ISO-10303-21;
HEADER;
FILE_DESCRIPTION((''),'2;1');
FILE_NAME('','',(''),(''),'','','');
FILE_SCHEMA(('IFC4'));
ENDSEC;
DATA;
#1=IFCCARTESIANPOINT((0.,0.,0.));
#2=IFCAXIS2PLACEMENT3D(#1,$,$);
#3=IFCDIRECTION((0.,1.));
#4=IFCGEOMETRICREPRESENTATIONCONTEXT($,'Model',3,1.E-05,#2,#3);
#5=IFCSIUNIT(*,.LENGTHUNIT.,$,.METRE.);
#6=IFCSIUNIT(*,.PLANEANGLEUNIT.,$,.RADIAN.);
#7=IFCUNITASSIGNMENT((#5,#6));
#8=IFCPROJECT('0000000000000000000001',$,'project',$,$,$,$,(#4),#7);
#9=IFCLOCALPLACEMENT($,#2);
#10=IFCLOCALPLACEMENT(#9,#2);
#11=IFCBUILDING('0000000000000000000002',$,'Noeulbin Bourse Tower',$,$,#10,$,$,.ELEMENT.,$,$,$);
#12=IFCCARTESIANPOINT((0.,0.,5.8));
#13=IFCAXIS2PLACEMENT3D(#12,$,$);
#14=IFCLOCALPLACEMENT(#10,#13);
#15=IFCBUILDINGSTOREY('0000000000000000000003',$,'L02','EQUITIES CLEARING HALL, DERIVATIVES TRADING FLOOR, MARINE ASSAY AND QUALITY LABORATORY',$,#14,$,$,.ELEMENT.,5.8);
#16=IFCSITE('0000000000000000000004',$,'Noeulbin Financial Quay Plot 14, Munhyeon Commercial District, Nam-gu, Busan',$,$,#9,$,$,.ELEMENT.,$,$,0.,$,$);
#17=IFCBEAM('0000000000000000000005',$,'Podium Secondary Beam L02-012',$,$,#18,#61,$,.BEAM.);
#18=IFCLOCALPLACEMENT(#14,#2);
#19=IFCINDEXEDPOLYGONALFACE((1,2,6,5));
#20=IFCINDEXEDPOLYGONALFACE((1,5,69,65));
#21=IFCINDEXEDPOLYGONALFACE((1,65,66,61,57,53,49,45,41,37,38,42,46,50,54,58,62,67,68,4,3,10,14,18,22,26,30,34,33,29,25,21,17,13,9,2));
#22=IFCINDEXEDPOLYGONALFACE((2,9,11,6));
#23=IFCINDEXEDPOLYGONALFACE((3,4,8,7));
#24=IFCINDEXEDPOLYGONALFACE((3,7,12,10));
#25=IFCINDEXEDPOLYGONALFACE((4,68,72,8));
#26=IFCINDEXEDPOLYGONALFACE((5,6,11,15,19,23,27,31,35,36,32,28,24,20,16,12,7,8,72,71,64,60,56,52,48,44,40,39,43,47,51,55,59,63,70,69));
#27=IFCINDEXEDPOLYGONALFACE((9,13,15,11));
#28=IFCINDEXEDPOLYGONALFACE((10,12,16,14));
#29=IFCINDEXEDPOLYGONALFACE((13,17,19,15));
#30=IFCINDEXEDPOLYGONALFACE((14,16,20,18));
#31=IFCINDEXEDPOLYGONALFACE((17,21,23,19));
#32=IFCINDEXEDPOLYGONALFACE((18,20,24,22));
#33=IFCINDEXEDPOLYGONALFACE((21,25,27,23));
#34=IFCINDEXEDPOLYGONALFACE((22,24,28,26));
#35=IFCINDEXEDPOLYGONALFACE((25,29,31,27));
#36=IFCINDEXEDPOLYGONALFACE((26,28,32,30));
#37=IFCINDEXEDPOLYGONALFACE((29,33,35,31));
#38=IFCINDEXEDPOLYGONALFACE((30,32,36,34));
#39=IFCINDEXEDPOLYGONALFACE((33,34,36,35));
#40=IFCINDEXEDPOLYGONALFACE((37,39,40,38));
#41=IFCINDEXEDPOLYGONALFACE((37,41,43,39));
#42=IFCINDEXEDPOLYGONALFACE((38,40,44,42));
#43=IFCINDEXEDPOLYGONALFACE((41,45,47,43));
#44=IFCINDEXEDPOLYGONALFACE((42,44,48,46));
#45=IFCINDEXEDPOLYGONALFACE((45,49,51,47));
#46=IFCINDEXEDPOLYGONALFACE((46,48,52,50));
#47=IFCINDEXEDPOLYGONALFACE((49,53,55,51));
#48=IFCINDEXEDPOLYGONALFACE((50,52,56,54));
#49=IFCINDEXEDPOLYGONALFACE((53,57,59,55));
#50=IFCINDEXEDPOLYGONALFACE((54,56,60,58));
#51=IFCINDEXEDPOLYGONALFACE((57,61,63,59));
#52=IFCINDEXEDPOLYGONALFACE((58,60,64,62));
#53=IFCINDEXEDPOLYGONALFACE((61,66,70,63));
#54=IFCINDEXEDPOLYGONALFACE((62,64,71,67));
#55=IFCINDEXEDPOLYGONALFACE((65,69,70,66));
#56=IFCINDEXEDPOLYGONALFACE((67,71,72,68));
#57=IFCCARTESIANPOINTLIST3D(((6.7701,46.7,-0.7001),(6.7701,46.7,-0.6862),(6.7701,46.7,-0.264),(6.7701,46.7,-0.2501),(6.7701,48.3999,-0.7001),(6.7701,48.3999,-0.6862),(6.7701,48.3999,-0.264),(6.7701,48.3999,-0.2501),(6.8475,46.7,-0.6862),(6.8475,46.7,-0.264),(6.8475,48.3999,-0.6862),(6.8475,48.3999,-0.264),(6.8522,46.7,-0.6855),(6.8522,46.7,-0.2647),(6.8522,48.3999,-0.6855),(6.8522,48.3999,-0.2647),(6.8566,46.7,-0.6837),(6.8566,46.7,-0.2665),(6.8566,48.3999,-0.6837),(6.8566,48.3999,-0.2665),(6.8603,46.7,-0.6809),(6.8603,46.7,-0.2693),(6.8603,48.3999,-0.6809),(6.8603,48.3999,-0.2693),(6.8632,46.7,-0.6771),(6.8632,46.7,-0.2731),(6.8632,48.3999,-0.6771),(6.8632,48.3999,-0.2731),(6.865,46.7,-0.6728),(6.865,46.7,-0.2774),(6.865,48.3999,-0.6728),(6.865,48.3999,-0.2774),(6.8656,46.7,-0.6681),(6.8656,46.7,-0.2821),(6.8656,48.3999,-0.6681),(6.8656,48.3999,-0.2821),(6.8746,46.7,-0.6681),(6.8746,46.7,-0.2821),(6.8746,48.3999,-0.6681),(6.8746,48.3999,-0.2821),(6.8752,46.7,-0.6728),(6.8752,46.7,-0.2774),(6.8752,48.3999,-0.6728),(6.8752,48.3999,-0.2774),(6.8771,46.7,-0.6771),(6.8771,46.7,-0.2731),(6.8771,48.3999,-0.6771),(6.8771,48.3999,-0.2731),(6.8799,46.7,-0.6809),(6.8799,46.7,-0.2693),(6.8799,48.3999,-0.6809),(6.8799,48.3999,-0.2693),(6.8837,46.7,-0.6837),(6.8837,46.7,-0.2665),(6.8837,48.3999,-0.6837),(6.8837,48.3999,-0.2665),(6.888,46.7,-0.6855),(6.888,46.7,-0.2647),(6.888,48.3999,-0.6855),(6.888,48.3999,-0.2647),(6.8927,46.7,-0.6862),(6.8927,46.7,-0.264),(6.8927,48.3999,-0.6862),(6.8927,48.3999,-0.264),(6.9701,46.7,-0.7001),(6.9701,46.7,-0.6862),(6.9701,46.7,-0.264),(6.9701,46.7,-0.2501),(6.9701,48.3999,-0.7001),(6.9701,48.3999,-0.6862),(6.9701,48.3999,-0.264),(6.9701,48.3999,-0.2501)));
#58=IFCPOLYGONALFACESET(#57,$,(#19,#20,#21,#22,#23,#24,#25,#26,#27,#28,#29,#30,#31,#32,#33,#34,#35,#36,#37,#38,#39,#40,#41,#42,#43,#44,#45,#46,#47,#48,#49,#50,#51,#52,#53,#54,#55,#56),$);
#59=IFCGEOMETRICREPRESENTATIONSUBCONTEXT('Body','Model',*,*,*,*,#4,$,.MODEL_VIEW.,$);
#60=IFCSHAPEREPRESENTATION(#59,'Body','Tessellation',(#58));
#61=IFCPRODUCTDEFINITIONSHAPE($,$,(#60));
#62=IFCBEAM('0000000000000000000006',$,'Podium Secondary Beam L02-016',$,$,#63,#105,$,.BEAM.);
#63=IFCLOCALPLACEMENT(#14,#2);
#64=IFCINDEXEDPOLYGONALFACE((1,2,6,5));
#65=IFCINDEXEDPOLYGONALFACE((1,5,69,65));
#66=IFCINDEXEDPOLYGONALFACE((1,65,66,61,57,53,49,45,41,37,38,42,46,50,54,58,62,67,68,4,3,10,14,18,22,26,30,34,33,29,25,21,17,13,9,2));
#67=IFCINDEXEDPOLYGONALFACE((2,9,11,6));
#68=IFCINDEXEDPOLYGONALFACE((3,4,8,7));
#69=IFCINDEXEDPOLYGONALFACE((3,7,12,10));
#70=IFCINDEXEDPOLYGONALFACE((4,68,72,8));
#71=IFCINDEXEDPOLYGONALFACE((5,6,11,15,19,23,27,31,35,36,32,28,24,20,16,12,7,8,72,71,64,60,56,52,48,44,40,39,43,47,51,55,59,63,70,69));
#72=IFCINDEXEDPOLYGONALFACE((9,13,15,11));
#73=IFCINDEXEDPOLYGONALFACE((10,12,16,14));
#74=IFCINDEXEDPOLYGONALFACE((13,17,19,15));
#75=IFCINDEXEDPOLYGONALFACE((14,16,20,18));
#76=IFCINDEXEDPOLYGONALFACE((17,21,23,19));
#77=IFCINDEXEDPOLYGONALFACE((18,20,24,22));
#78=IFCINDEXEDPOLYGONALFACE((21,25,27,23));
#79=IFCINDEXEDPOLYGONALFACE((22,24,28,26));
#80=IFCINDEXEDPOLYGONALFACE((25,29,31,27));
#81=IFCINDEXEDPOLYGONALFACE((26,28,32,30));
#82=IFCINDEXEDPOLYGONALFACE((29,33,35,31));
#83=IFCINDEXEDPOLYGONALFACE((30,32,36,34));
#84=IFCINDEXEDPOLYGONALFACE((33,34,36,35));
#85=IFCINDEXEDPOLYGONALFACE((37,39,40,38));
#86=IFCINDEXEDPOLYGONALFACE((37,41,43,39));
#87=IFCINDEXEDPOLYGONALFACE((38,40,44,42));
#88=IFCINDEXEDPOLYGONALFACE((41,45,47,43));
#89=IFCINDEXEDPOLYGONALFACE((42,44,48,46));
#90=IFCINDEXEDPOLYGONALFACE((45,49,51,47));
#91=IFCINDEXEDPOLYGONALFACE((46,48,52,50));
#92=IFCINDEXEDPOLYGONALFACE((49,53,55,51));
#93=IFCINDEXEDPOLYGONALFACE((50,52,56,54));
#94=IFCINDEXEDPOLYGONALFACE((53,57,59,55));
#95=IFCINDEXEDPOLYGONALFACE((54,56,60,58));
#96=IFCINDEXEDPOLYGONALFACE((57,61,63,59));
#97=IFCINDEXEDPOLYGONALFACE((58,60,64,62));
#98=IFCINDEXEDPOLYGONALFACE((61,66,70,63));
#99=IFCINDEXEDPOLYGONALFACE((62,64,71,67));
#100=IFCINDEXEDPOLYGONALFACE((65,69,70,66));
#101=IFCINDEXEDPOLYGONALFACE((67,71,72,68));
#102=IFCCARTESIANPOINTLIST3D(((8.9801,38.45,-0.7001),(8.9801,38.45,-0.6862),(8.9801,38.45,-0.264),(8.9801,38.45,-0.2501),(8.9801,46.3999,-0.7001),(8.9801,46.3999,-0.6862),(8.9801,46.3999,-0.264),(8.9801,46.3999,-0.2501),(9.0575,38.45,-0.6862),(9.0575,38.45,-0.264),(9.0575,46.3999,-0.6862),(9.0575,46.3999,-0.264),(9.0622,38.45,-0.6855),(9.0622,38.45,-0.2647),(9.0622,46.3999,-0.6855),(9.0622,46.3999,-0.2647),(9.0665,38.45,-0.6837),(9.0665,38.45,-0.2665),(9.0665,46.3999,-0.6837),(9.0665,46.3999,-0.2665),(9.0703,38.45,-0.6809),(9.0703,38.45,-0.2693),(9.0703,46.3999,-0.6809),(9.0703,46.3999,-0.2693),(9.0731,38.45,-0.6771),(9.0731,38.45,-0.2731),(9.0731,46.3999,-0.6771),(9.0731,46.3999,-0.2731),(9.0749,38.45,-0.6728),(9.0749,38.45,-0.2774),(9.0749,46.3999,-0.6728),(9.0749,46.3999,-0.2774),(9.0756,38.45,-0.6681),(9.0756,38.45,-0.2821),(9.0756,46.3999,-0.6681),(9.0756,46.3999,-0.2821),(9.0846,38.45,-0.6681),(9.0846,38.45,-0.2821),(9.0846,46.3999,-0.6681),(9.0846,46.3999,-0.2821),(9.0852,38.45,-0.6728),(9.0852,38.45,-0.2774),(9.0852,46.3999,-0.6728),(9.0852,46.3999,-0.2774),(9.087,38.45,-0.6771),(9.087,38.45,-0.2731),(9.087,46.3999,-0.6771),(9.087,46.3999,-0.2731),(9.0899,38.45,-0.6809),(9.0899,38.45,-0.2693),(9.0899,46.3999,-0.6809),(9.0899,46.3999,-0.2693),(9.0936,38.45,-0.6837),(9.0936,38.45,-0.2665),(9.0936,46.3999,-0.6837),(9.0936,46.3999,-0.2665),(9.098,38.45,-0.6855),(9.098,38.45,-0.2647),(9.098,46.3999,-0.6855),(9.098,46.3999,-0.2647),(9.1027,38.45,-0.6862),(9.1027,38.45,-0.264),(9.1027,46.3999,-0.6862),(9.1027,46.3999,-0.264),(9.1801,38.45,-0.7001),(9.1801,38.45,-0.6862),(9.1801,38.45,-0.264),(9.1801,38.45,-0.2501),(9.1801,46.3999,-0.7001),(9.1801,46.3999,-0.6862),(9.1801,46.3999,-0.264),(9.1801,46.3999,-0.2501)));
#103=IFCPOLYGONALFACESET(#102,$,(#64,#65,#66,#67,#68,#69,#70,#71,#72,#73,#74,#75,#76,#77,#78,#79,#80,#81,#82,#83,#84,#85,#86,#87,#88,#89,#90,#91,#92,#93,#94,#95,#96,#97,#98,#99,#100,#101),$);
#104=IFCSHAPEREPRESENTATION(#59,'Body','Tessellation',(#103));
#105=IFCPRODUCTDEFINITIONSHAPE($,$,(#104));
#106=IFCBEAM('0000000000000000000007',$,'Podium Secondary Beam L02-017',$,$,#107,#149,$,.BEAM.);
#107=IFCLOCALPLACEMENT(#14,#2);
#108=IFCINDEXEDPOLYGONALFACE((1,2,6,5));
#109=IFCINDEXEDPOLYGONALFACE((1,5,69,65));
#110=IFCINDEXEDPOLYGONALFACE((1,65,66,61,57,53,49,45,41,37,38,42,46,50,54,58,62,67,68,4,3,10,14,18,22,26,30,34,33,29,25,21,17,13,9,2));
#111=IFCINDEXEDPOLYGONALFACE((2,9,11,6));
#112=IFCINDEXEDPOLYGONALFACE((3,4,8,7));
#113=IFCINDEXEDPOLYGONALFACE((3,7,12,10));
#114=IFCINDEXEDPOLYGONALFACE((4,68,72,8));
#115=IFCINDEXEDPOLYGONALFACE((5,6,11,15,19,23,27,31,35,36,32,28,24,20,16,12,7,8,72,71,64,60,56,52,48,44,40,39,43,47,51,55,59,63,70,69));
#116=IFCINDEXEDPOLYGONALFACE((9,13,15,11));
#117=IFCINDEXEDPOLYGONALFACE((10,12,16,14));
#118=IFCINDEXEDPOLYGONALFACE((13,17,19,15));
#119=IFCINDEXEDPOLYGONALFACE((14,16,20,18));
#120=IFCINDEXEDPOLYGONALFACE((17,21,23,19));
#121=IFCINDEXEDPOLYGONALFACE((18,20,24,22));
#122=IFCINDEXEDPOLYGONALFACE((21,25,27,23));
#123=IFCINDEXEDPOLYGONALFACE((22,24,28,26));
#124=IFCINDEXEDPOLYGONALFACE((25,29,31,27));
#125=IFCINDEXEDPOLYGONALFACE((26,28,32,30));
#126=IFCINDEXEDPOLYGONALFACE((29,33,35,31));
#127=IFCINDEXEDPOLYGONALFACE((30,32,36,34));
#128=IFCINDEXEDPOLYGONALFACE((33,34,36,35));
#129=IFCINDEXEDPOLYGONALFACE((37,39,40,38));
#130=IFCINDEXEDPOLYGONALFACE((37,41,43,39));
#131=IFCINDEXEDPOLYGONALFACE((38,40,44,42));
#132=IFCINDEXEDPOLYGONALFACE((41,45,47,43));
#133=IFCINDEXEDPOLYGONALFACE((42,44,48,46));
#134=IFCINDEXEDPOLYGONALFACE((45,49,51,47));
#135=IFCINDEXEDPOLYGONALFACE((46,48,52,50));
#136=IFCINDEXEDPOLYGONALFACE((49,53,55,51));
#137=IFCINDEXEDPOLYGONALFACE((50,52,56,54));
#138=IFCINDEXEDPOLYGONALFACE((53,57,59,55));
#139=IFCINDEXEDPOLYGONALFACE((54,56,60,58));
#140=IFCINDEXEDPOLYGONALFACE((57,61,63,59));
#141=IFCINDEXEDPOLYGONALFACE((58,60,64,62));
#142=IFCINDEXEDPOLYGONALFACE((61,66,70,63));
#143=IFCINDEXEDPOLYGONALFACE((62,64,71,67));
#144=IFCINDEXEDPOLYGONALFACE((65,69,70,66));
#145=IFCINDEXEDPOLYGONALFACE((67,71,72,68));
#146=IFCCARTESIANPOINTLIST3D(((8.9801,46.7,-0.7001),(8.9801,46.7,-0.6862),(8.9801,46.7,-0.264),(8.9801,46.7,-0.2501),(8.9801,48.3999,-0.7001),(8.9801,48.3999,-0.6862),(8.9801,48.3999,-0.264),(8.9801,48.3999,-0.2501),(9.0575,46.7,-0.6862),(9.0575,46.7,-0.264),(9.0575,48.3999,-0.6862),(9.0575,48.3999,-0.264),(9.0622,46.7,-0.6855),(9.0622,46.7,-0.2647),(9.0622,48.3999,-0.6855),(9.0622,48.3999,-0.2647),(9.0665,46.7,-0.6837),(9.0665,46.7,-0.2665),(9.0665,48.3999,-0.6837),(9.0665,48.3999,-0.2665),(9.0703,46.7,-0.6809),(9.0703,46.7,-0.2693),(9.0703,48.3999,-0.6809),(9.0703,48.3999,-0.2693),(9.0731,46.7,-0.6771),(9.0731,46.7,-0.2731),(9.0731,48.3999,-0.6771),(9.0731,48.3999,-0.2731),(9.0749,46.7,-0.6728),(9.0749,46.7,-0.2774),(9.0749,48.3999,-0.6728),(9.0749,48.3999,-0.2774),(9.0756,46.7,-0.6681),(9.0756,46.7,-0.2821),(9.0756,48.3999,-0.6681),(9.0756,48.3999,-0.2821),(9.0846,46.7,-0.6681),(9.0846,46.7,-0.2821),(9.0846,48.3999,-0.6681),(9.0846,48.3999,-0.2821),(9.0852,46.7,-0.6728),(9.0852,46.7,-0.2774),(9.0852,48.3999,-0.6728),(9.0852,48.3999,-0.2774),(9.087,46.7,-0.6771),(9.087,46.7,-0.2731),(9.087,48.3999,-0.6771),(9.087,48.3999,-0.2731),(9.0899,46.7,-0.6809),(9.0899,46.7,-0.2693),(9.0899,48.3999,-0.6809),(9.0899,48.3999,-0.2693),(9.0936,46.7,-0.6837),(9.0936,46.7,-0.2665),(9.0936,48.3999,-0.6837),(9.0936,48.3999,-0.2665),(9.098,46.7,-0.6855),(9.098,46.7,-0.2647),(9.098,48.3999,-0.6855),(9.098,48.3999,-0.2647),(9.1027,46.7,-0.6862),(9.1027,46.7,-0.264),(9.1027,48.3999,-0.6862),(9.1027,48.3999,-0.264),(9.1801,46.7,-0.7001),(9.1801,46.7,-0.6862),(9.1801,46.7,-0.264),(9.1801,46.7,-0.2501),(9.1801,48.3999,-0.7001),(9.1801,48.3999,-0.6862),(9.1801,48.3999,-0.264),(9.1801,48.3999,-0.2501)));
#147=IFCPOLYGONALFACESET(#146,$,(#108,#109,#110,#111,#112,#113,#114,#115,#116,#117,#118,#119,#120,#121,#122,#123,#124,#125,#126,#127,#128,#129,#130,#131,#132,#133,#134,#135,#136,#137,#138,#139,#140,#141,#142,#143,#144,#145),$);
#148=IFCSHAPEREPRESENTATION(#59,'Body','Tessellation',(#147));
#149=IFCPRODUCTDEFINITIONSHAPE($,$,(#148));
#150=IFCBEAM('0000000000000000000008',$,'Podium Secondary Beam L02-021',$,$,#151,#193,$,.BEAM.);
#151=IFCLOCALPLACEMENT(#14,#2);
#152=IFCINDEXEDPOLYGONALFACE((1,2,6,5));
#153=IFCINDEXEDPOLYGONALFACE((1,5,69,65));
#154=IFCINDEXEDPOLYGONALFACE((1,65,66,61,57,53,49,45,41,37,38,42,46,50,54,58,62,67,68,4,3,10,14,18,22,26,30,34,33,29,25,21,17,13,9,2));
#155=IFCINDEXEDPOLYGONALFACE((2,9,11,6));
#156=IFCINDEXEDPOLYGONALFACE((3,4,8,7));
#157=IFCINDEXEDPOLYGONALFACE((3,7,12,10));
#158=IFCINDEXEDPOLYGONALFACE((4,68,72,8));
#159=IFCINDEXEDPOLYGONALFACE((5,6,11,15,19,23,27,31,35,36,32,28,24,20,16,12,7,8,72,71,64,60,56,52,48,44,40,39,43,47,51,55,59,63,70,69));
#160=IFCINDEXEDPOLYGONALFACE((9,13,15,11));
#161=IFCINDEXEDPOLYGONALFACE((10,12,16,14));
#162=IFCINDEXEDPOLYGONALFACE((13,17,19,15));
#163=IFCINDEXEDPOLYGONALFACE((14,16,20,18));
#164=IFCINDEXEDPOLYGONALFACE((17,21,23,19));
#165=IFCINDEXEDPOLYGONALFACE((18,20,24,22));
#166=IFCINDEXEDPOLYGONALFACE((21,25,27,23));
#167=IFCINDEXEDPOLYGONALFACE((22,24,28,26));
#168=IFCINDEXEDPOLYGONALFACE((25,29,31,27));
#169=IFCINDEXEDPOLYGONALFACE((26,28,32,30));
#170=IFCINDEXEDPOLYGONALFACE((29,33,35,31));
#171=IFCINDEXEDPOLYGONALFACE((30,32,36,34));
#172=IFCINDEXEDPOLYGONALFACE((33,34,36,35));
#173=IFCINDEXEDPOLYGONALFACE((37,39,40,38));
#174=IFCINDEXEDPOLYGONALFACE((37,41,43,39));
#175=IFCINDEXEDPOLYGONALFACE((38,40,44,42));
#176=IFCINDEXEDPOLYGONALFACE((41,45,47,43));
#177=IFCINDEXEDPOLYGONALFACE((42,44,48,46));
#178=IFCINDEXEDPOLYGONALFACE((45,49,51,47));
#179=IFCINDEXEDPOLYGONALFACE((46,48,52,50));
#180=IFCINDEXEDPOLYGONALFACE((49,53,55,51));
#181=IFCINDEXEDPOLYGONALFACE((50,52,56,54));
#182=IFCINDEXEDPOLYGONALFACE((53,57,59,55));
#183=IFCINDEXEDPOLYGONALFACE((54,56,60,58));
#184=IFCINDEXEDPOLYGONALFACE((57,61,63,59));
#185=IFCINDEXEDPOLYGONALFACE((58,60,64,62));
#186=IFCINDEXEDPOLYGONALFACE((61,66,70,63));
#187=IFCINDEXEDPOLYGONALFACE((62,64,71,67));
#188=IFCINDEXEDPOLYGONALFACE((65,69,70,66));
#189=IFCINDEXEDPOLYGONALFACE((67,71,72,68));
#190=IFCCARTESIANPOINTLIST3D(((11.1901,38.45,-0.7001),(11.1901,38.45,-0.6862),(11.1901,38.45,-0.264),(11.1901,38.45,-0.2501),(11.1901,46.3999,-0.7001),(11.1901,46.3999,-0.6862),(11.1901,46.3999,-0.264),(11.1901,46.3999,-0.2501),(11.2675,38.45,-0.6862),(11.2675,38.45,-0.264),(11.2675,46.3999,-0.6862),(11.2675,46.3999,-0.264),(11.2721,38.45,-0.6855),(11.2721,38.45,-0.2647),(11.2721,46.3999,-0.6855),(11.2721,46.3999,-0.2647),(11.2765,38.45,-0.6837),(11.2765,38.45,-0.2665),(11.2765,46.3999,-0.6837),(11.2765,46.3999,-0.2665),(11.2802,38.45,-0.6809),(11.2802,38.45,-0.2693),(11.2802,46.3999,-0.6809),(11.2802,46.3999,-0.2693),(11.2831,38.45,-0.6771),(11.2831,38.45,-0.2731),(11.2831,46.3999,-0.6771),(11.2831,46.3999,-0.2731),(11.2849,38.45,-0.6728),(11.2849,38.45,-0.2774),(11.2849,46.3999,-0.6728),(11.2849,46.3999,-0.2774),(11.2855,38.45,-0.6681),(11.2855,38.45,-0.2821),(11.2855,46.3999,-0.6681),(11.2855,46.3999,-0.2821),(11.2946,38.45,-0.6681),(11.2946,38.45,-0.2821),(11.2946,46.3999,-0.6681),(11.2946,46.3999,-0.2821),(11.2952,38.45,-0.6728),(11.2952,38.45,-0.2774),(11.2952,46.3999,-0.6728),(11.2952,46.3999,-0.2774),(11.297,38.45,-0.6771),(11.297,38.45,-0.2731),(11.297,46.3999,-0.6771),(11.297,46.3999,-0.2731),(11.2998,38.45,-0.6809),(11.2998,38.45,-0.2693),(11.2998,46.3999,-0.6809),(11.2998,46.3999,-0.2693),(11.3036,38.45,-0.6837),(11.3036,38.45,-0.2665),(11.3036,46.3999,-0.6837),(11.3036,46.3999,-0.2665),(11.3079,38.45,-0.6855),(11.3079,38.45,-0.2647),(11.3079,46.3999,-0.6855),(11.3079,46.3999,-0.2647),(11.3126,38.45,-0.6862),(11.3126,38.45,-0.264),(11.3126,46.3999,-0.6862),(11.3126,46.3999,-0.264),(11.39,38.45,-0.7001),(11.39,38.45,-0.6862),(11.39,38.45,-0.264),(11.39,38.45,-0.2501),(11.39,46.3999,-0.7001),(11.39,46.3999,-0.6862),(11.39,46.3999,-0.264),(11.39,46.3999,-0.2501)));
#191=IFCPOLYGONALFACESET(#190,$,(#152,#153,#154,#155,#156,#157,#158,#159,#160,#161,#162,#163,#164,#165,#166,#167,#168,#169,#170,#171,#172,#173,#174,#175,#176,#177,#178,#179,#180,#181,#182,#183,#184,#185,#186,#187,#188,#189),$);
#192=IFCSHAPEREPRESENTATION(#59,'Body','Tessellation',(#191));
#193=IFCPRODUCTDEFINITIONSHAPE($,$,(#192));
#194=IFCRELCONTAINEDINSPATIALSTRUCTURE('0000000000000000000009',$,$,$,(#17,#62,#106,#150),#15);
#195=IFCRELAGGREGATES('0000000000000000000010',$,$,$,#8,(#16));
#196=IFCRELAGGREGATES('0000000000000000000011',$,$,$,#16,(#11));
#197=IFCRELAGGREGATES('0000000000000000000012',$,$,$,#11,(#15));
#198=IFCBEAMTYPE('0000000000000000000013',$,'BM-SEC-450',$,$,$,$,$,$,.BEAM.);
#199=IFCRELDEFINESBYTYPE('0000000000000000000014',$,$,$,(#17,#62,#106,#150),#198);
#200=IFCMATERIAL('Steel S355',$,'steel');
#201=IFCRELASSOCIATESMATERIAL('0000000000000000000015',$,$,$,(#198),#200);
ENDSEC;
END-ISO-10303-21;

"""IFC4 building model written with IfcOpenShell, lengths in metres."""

from ifc_helpers import new_model, si_unit, direction, frame, origin, origin_2d, place, context, subcontext, project, spatial, i_section, extrude, material, material_profile, profile_set, type_object, element, save


model = new_model("IFC4")

# Units and contexts
model_context = context("Model", 3, precision=1e-05, world=origin(), true_north=direction((0.0, 1.0)))
body_context = subcontext(model_context, "Body", "Model", "MODEL_VIEW")
ifc_project = project(units=[si_unit("LENGTHUNIT", "METRE"), si_unit("PLANEANGLEUNIT", "RADIAN")], contexts=[model_context])

# Site, building, storey
site_placement = place(None, origin())
site = spatial("IfcSite", under=ifc_project, at=site_placement, Name="Noeulbin Financial Quay Plot 14, Munhyeon Commercial District, Nam-gu, Busan", CompositionType="ELEMENT", RefElevation=0.0)
building_placement = place(site_placement, origin())
building = spatial("IfcBuilding", under=site, at=building_placement, Name="Noeulbin Bourse Tower", CompositionType="ELEMENT")
storey_placement = place(building_placement, frame((0.0, 0.0, 5.8)))
storey = spatial("IfcBuildingStorey", under=building, at=storey_placement, Name="L02", Description="EQUITIES CLEARING HALL, DERIVATIVES TRADING FLOOR, MARINE ASSAY AND QUALITY LABORATORY", CompositionType="ELEMENT", Elevation=5.8)

# Beams
ifc_material_1 = material(Name="Steel S355", Category="steel")
ifc_material_profile_1 = material_profile(ifc_material_1, i_section(OverallWidth=0.2, OverallDepth=0.45, WebThickness=0.009, FlangeThickness=0.0139, FilletRadius=0.0181, at=origin_2d()), Name="H-450x200x9x14", Category="LoadBearing")
ifc_profile_set_1 = profile_set([ifc_material_profile_1], Name="Steel S355")
beam_type_1 = type_object("IfcBeamType", Name="BM-SEC-450", PredefinedType="BEAM", material=ifc_profile_set_1)
beam_1_placement = place(storey_placement, frame((6.8701, 46.7, -0.4751), z_axis=(0.0, 1.0, 0.0), x_axis=(-1.0, 0.0, 0.0)))
element("IfcBeam", 1, at=beam_1_placement, inside=storey, type_object=beam_type_1, Name="Podium Secondary Beam L02-012", PredefinedType="BEAM", context=body_context, shape_type="SweptSolid", body=[
    extrude(i_section(OverallWidth=0.2, OverallDepth=0.45, WebThickness=0.009, FlangeThickness=0.0139, FilletRadius=0.0181, at=origin_2d()), origin(), (0.0, 0.0, 1.0), 1.7),
])
beam_2_placement = place(storey_placement, frame((9.0801, 38.45, -0.4751), z_axis=(0.0, 1.0, 0.0), x_axis=(-1.0, 0.0, 0.0)))
element("IfcBeam", 2, at=beam_2_placement, inside=storey, type_object=beam_type_1, Name="Podium Secondary Beam L02-016", PredefinedType="BEAM", context=body_context, shape_type="SweptSolid", body=[
    extrude(i_section(OverallWidth=0.2, OverallDepth=0.45, WebThickness=0.009, FlangeThickness=0.0139, FilletRadius=0.0181, at=origin_2d()), origin(), (0.0, 0.0, 1.0), 7.95),
])
beam_3_placement = place(storey_placement, frame((9.0801, 46.7, -0.4751), z_axis=(0.0, 1.0, 0.0), x_axis=(-1.0, 0.0, 0.0)))
element("IfcBeam", 3, at=beam_3_placement, inside=storey, type_object=beam_type_1, Name="Podium Secondary Beam L02-017", PredefinedType="BEAM", context=body_context, shape_type="SweptSolid", body=[
    extrude(i_section(OverallWidth=0.2, OverallDepth=0.45, WebThickness=0.009, FlangeThickness=0.0139, FilletRadius=0.0181, at=origin_2d()), origin(), (0.0, 0.0, 1.0), 1.7),
])
beam_4_placement = place(storey_placement, frame((11.29, 38.45, -0.4751), z_axis=(0.0, 1.0, 0.0), x_axis=(-1.0, 0.0, 0.0)))
element("IfcBeam", 4, at=beam_4_placement, inside=storey, type_object=beam_type_1, Name="Podium Secondary Beam L02-021", PredefinedType="BEAM", context=body_context, shape_type="SweptSolid", body=[
    extrude(i_section(OverallWidth=0.2, OverallDepth=0.45, WebThickness=0.009, FlangeThickness=0.0139, FilletRadius=0.0181, at=origin_2d()), origin(), (0.0, 0.0, 1.0), 7.95),
])

save(model, "model.ifc")
